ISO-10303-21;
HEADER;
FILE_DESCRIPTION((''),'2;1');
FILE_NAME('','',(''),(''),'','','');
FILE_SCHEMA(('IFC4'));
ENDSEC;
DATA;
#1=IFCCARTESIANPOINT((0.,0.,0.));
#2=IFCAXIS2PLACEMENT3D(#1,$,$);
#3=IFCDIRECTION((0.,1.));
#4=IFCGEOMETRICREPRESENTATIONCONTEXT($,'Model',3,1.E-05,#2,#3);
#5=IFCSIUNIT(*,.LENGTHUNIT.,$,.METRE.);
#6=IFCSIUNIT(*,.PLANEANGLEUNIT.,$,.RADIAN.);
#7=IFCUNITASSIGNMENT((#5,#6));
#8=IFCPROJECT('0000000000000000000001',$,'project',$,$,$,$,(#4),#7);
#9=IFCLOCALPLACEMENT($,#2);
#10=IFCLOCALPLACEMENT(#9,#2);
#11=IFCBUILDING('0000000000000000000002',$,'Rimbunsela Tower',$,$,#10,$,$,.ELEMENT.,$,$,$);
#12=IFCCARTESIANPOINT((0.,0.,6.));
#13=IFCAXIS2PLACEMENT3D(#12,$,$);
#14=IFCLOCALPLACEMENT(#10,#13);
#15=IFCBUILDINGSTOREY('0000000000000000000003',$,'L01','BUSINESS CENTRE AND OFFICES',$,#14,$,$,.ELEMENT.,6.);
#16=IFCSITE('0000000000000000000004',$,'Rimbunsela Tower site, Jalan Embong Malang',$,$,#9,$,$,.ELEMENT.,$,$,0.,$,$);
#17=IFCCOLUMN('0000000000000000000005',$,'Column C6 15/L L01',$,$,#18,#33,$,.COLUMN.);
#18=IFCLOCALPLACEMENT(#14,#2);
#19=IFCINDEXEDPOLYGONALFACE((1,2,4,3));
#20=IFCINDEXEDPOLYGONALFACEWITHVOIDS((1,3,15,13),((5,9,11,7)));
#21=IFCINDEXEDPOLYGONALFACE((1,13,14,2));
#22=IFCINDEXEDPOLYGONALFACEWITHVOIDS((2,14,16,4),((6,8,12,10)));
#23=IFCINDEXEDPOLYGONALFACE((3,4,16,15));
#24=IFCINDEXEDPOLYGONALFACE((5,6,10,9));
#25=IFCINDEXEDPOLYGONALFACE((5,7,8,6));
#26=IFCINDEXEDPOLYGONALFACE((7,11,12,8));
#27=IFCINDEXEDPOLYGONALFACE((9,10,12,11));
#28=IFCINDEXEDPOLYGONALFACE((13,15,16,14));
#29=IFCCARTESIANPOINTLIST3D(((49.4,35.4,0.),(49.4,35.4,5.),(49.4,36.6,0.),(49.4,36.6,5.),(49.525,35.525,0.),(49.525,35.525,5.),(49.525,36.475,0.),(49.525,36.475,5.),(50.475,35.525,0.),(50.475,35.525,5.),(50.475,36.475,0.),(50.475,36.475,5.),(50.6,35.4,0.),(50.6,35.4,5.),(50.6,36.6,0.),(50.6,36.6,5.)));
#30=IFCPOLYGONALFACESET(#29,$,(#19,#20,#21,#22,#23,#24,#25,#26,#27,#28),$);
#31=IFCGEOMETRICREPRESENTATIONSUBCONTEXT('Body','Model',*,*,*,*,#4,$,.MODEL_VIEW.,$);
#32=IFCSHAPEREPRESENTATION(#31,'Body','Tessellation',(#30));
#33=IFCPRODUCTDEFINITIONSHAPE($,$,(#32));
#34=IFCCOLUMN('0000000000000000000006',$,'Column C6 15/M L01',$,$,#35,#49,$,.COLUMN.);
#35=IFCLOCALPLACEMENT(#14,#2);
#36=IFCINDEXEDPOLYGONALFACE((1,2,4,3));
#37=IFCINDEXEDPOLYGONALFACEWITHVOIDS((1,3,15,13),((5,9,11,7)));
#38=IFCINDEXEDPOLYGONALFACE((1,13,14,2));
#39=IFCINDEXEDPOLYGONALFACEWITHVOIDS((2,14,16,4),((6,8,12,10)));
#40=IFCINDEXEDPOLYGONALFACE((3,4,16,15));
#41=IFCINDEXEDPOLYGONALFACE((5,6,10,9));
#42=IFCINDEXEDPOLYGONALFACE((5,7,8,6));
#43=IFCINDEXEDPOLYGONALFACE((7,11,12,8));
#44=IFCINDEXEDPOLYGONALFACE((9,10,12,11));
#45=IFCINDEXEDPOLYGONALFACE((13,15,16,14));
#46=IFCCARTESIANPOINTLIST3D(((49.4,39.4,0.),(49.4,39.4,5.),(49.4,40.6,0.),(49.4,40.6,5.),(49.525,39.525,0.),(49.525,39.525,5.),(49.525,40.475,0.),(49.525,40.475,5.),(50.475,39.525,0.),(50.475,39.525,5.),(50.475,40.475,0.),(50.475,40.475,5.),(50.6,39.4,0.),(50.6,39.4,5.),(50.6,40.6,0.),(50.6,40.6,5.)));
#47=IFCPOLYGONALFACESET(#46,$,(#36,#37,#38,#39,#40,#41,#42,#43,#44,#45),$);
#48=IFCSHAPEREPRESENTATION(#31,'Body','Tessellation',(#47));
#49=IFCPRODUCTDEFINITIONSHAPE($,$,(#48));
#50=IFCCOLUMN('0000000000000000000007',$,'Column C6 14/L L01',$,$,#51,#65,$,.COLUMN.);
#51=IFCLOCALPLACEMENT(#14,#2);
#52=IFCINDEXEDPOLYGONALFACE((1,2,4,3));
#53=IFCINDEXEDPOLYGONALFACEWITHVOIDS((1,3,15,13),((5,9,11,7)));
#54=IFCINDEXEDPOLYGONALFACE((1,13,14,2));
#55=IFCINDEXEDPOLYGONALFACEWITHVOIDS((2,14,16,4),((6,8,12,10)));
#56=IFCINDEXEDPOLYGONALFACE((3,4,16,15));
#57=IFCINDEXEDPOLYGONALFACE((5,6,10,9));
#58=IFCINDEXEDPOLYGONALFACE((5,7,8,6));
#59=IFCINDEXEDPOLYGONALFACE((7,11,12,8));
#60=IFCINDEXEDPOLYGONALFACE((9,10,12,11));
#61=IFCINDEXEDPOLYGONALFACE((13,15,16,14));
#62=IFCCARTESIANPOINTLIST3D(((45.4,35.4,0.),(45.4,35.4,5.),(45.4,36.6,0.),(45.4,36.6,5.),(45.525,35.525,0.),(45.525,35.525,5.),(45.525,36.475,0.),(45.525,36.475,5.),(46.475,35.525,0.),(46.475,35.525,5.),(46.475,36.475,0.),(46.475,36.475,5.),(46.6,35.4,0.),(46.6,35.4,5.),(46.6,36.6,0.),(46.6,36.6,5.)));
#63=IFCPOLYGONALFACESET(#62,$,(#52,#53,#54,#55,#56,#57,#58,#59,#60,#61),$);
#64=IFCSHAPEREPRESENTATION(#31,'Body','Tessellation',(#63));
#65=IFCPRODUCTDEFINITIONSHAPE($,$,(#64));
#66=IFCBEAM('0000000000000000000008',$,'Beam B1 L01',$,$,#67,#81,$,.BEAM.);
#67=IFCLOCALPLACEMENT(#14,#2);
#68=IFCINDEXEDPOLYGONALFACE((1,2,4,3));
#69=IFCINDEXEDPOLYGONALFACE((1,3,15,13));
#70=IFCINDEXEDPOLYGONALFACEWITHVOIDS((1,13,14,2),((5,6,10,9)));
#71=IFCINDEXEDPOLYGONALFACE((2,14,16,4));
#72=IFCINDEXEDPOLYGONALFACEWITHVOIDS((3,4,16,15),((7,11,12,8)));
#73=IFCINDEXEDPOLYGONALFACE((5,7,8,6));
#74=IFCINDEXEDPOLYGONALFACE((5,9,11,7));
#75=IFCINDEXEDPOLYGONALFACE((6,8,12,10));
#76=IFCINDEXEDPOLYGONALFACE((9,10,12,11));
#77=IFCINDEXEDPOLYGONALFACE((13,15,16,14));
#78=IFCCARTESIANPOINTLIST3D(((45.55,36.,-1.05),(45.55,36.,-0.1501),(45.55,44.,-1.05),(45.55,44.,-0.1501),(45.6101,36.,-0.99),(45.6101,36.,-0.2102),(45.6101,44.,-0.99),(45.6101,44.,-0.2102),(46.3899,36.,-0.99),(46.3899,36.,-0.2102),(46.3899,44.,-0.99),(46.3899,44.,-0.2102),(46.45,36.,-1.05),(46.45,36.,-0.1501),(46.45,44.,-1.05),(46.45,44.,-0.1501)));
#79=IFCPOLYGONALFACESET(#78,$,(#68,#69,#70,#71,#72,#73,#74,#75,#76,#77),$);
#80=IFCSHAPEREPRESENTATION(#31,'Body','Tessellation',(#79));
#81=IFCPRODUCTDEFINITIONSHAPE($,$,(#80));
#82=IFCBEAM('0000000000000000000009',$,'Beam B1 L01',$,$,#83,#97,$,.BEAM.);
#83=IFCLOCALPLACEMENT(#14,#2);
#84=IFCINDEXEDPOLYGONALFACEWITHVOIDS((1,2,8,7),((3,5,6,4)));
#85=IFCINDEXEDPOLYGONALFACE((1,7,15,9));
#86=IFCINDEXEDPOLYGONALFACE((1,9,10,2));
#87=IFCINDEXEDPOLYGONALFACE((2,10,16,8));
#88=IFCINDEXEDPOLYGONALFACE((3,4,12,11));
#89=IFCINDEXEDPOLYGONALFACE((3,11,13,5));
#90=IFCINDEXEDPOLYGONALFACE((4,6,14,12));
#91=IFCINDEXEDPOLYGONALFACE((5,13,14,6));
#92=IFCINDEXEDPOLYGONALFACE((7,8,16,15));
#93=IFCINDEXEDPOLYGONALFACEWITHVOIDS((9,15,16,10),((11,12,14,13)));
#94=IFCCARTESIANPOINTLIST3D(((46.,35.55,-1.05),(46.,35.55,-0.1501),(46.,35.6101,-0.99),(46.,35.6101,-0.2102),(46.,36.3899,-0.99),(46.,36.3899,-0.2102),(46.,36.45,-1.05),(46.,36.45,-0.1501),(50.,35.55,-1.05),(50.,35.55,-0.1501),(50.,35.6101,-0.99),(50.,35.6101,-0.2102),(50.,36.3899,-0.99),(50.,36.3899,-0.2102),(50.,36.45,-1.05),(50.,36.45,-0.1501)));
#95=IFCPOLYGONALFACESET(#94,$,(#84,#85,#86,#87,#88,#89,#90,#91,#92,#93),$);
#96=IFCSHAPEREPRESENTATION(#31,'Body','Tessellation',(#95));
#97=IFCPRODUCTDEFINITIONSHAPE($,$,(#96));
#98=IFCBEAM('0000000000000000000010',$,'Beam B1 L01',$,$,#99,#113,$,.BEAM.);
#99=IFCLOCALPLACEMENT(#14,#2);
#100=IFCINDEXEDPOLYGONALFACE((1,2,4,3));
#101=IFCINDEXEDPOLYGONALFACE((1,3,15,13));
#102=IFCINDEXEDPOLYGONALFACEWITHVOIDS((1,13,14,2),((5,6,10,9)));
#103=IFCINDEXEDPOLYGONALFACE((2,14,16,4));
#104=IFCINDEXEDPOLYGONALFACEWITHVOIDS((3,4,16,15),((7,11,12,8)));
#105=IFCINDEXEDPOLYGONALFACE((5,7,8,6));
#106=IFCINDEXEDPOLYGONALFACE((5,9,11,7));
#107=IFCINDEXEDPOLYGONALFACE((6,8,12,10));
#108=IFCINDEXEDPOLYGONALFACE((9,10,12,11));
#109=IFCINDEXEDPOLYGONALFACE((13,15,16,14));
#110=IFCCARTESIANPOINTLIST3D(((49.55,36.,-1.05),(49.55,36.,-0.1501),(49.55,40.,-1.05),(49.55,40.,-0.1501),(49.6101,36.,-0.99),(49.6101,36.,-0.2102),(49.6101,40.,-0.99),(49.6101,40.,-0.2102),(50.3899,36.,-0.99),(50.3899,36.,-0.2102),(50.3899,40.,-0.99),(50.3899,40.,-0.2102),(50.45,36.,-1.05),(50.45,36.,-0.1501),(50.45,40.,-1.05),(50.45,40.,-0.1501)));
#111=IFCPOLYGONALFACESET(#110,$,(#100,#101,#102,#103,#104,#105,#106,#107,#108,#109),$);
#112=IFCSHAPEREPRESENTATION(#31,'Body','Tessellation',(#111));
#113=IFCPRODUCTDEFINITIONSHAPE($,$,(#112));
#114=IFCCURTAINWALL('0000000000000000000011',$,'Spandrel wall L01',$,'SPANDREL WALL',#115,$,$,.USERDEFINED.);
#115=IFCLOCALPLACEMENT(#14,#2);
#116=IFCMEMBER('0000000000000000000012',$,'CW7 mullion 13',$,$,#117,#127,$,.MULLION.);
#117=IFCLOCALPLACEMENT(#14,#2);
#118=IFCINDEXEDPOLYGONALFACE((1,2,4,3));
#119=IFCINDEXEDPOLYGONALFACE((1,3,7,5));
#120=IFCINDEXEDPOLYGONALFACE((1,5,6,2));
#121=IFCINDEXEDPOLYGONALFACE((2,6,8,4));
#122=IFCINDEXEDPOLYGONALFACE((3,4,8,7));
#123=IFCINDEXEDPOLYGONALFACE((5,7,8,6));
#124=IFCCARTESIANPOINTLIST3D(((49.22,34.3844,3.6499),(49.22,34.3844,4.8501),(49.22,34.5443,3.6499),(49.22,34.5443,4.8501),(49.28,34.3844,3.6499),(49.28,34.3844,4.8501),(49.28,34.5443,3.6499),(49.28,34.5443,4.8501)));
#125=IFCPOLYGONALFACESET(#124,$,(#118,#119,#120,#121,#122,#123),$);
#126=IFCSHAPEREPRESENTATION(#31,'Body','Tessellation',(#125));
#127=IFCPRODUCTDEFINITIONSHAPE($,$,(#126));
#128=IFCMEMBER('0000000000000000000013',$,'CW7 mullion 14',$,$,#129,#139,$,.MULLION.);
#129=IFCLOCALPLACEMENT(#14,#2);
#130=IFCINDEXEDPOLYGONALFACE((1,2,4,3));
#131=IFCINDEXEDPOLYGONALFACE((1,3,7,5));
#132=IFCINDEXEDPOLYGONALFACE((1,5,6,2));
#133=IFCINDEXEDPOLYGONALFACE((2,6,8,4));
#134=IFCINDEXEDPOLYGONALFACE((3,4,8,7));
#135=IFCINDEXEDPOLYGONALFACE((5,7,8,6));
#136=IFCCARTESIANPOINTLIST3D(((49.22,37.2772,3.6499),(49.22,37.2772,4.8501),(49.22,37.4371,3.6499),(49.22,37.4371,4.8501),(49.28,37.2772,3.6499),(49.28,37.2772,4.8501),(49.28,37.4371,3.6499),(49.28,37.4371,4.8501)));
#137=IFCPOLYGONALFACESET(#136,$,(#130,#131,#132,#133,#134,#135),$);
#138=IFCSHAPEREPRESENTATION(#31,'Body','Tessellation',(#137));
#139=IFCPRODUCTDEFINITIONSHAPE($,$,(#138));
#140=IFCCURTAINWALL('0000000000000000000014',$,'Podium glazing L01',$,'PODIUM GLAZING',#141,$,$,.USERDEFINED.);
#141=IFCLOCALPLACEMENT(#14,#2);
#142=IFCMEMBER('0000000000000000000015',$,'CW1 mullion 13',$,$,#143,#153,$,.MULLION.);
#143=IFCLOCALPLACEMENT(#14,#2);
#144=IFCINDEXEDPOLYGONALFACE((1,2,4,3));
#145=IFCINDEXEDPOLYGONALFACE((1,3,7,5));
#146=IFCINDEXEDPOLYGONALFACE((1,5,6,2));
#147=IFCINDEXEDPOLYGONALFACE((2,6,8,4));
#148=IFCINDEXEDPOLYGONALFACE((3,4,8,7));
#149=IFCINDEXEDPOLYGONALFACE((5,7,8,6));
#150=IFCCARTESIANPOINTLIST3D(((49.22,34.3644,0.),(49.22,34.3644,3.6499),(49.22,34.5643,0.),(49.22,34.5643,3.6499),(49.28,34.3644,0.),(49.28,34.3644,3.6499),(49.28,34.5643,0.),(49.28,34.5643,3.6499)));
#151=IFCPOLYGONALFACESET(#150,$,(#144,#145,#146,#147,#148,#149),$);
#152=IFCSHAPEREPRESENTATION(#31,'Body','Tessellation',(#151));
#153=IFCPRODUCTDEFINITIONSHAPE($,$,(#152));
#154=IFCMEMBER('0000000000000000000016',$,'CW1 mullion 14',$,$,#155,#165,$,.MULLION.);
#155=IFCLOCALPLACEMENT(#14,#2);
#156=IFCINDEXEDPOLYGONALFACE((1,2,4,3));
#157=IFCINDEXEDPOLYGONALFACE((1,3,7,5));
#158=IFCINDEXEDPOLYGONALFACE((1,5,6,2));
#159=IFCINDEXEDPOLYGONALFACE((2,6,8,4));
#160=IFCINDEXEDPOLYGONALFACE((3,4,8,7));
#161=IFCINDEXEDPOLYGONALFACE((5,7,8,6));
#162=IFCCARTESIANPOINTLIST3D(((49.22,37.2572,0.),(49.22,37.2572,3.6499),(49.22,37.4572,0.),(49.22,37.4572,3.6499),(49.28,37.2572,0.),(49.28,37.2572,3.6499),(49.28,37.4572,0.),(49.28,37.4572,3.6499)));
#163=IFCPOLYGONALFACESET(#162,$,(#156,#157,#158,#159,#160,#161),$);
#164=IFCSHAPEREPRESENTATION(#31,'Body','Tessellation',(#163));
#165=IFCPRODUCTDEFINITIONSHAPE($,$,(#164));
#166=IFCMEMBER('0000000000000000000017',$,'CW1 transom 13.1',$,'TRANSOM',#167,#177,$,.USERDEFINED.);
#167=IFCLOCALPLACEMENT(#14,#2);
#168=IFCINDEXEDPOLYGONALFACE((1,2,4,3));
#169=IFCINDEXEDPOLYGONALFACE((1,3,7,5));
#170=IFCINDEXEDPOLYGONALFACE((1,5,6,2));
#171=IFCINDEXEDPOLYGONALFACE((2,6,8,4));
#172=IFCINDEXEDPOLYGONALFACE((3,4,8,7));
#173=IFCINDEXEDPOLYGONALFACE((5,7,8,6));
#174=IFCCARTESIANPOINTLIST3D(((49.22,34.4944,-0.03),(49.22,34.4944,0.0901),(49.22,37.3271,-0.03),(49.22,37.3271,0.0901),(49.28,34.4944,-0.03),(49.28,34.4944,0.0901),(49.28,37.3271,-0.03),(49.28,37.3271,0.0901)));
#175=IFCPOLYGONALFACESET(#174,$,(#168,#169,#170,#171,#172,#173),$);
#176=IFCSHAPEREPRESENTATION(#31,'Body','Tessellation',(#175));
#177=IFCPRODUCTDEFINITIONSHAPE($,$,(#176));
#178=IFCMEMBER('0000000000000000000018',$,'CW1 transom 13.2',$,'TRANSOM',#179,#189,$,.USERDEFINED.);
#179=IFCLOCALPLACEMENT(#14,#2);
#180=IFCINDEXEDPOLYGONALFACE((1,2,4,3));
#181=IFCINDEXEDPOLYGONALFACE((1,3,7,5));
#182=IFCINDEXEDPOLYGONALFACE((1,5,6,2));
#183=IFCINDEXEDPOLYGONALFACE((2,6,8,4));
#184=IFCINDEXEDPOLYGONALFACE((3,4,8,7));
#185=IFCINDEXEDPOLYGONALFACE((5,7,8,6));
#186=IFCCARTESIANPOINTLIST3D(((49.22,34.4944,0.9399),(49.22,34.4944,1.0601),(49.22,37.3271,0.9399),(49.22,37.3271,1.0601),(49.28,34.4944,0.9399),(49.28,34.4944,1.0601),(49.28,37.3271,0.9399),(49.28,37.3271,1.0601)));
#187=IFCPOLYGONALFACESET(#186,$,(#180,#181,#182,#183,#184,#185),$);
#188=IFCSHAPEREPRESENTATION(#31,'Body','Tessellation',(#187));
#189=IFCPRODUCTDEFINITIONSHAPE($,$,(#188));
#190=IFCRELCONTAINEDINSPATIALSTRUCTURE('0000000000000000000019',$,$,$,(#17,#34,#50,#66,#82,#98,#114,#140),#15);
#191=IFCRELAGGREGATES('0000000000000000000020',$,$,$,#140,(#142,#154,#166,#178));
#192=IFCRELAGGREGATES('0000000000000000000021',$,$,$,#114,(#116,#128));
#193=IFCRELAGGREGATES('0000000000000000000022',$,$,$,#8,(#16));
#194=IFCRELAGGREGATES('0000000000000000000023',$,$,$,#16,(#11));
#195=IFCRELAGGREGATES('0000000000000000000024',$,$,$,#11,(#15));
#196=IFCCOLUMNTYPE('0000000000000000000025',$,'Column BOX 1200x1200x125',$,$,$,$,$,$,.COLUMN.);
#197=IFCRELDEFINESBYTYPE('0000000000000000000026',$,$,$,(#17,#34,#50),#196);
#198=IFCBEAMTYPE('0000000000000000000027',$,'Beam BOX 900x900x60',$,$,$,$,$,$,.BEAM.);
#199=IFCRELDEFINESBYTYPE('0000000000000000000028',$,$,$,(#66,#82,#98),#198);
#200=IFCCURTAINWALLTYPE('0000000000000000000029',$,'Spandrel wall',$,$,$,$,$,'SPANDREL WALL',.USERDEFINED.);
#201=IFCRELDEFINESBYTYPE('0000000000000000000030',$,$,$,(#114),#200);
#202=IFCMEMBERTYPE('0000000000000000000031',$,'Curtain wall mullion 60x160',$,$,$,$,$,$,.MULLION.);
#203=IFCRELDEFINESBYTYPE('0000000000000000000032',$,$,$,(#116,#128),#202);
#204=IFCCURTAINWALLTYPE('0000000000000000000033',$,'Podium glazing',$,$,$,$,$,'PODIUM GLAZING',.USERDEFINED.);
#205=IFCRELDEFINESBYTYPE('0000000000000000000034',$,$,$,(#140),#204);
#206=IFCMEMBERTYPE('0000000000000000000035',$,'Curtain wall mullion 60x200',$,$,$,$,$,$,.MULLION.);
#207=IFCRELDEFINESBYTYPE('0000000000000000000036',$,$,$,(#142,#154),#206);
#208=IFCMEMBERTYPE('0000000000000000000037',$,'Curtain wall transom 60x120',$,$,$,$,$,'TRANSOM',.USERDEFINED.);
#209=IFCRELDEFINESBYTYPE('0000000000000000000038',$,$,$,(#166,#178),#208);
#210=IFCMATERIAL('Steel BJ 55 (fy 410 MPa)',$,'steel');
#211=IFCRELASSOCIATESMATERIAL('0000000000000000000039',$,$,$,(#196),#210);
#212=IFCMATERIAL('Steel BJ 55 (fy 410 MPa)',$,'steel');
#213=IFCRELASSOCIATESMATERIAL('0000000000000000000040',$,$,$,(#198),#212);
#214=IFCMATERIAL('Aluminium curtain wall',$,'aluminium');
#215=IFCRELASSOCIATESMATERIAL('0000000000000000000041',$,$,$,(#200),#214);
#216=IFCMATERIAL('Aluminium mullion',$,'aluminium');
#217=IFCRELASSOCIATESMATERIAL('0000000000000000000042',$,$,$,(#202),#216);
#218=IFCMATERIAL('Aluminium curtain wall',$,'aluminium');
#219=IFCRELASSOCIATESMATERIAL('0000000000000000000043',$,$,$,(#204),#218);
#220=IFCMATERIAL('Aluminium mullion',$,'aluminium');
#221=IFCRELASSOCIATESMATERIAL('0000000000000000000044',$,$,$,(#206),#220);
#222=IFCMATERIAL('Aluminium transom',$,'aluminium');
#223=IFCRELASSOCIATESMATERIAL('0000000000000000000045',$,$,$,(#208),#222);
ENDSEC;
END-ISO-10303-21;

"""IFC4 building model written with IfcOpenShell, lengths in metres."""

from ifc_helpers import new_model, si_unit, direction, frame, origin, origin_2d, place, context, subcontext, project, spatial, rectangle, hollow_rectangle, extrude, material, material_profile, profile_set, type_object, element, aggregate, save


model = new_model("IFC4")

# Units and contexts
model_context = context("Model", 3, precision=1e-05, world=origin(), true_north=direction((0.0, 1.0)))
body_context = subcontext(model_context, "Body", "Model", "MODEL_VIEW")
ifc_project = project(units=[si_unit("LENGTHUNIT", "METRE"), si_unit("PLANEANGLEUNIT", "RADIAN")], contexts=[model_context])

# Site, building, storey
site_placement = place(None, origin())
site = spatial("IfcSite", under=ifc_project, at=site_placement, Name="Rimbunsela Tower site, Jalan Embong Malang", CompositionType="ELEMENT", RefElevation=0.0)
building_placement = place(site_placement, origin())
building = spatial("IfcBuilding", under=site, at=building_placement, Name="Rimbunsela Tower", CompositionType="ELEMENT")
storey_placement = place(building_placement, frame((0.0, 0.0, 6.0)))
storey = spatial("IfcBuildingStorey", under=building, at=storey_placement, Name="L01", Description="BUSINESS CENTRE AND OFFICES", CompositionType="ELEMENT", Elevation=6.0)

# Columns
ifc_material_1 = material(Name="Steel BJ 55 (fy 410 MPa)", Category="steel")
ifc_material_profile_1 = material_profile(ifc_material_1, hollow_rectangle(XDim=1.2, YDim=1.2, WallThickness=0.125, at=origin_2d()), Name="BOX 1200x1200x125")
ifc_profile_set_1 = profile_set([ifc_material_profile_1], Name="Steel BJ 55 (fy 410 MPa)")
column_type = type_object("IfcColumnType", Name="Column BOX 1200x1200x125", PredefinedType="COLUMN", material=ifc_profile_set_1)
for number, where, z_axis, x_axis, name in (
    (1, (50.0, 36.0, 0.0), (0.0, 0.0, 1.0), (1.0, 0.0, 0.0), "Column C6 15/L L01"),
    (2, (50.0, 40.0, 0.0), (0.0, 0.0, 1.0), (1.0, 0.0, 0.0), "Column C6 15/M L01"),
    (3, (46.0, 36.0, 0.0), (0.0, 0.0, 1.0), (1.0, 0.0, 0.0), "Column C6 14/L L01"),
):
    element("IfcColumn", number, at=place(storey_placement, frame(where, z_axis=z_axis, x_axis=x_axis)), inside=storey, type_object=column_type, Name=name, PredefinedType="COLUMN", context=body_context, shape_type="SweptSolid", body=[
        extrude(hollow_rectangle(XDim=1.2, YDim=1.2, WallThickness=0.125, at=origin_2d()), origin(), (0.0, 0.0, 1.0), 5.0),
    ])

# Beams
ifc_material_2 = material(Name="Steel BJ 55 (fy 410 MPa)", Category="steel")
ifc_material_profile_2 = material_profile(ifc_material_2, hollow_rectangle(XDim=0.8999, YDim=0.8999, WallThickness=0.0601, at=origin_2d()), Name="BOX 900x900x60")
ifc_profile_set_2 = profile_set([ifc_material_profile_2], Name="Steel BJ 55 (fy 410 MPa)")
beam_type = type_object("IfcBeamType", Name="Beam BOX 900x900x60", PredefinedType="BEAM", material=ifc_profile_set_2)
beam_placement = place(storey_placement, frame((46.0, 36.0, -0.6001), z_axis=(0.0, 1.0, 0.0), x_axis=(-1.0, 0.0, 0.0)))
element("IfcBeam", 4, at=beam_placement, inside=storey, type_object=beam_type, Name="Beam B1 L01", PredefinedType="BEAM", context=body_context, shape_type="SweptSolid", body=[
    extrude(hollow_rectangle(XDim=0.8999, YDim=0.8999, WallThickness=0.0601, at=origin_2d()), origin(), (0.0, 0.0, 1.0), 8.0),
])
for number, where, z_axis, x_axis, name in (
    (5, (46.0, 36.0, -0.6001), (1.0, 0.0, 0.0), (0.0, 1.0, 0.0), "Beam B1 L01"),
    (6, (50.0, 36.0, -0.6001), (0.0, 1.0, 0.0), (-1.0, 0.0, 0.0), "Beam B1 L01"),
):
    element("IfcBeam", number, at=place(storey_placement, frame(where, z_axis=z_axis, x_axis=x_axis)), inside=storey, type_object=beam_type, Name=name, PredefinedType="BEAM", context=body_context, shape_type="SweptSolid", body=[
        extrude(hollow_rectangle(XDim=0.8999, YDim=0.8999, WallThickness=0.0601, at=origin_2d()), origin(), (0.0, 0.0, 1.0), 4.0),
    ])

# Curtain walls, members
ifc_material_3 = material(Name="Aluminium curtain wall", Category="aluminium")
curtain_wall_type_1 = type_object("IfcCurtainWallType", Name="Spandrel wall", ElementType="SPANDREL WALL", PredefinedType="USERDEFINED", material=ifc_material_3)
curtain_wall_1_placement = place(storey_placement, origin())
curtain_wall_1 = element("IfcCurtainWall", 7, at=curtain_wall_1_placement, inside=storey, type_object=curtain_wall_type_1, Name="Spandrel wall L01", ObjectType="SPANDREL WALL", PredefinedType="USERDEFINED")
ifc_material_4 = material(Name="Aluminium mullion", Category="aluminium")
ifc_material_profile_3 = material_profile(ifc_material_4, rectangle(XDim=0.0601, YDim=0.1599, at=origin_2d()), Name="Mullion 60x160")
ifc_profile_set_3 = profile_set([ifc_material_profile_3], Name="Aluminium mullion")
member_type_1 = type_object("IfcMemberType", Name="Curtain wall mullion 60x160", PredefinedType="MULLION", material=ifc_profile_set_3)
member_1_placement = place(storey_placement, frame((49.25, 34.4644, 3.6499), z_axis=(0.0, 0.0, 1.0), x_axis=(-1.0, 0.0, 0.0)))
member_1 = element("IfcMember", 8, at=member_1_placement, type_object=member_type_1, Name="CW7 mullion 13", PredefinedType="MULLION", context=body_context, shape_type="SweptSolid", body=[
    extrude(rectangle(XDim=0.0601, YDim=0.1599, at=origin_2d()), origin(), (0.0, 0.0, 1.0), 1.2002),
])
member_2_placement = place(storey_placement, frame((49.25, 37.3572, 3.6499), z_axis=(0.0, 0.0, 1.0), x_axis=(-1.0, 0.0, 0.0)))
member_2 = element("IfcMember", 9, at=member_2_placement, type_object=member_type_1, Name="CW7 mullion 14", PredefinedType="MULLION", context=body_context, shape_type="SweptSolid", body=[
    extrude(rectangle(XDim=0.0601, YDim=0.1599, at=origin_2d()), origin(), (0.0, 0.0, 1.0), 1.2002),
])
ifc_material_5 = material(Name="Aluminium curtain wall", Category="aluminium")
curtain_wall_type_2 = type_object("IfcCurtainWallType", Name="Podium glazing", ElementType="PODIUM GLAZING", PredefinedType="USERDEFINED", material=ifc_material_5)
curtain_wall_2_placement = place(storey_placement, origin())
curtain_wall_2 = element("IfcCurtainWall", 10, at=curtain_wall_2_placement, inside=storey, type_object=curtain_wall_type_2, Name="Podium glazing L01", ObjectType="PODIUM GLAZING", PredefinedType="USERDEFINED")
ifc_material_6 = material(Name="Aluminium mullion", Category="aluminium")
ifc_material_profile_4 = material_profile(ifc_material_6, rectangle(XDim=0.0601, YDim=0.2, at=origin_2d()), Name="Mullion 60x200")
ifc_profile_set_4 = profile_set([ifc_material_profile_4], Name="Aluminium mullion")
member_type_2 = type_object("IfcMemberType", Name="Curtain wall mullion 60x200", PredefinedType="MULLION", material=ifc_profile_set_4)
member_3_placement = place(storey_placement, frame((49.25, 34.4644, 0.0), z_axis=(0.0, 0.0, 1.0), x_axis=(-1.0, 0.0, 0.0)))
member_3 = element("IfcMember", 11, at=member_3_placement, type_object=member_type_2, Name="CW1 mullion 13", PredefinedType="MULLION", context=body_context, shape_type="SweptSolid", body=[
    extrude(rectangle(XDim=0.0601, YDim=0.2, at=origin_2d()), origin(), (0.0, 0.0, 1.0), 3.6499),
])
member_4_placement = place(storey_placement, frame((49.25, 37.3572, 0.0), z_axis=(0.0, 0.0, 1.0), x_axis=(-1.0, 0.0, 0.0)))
member_4 = element("IfcMember", 12, at=member_4_placement, type_object=member_type_2, Name="CW1 mullion 14", PredefinedType="MULLION", context=body_context, shape_type="SweptSolid", body=[
    extrude(rectangle(XDim=0.0601, YDim=0.2, at=origin_2d()), origin(), (0.0, 0.0, 1.0), 3.6499),
])
ifc_material_7 = material(Name="Aluminium transom", Category="aluminium")
ifc_material_profile_5 = material_profile(ifc_material_7, rectangle(XDim=0.0601, YDim=0.1201, at=origin_2d()), Name="Transom 60x120")
ifc_profile_set_5 = profile_set([ifc_material_profile_5], Name="Aluminium transom")
member_type_3 = type_object("IfcMemberType", Name="Curtain wall transom 60x120", ElementType="TRANSOM", PredefinedType="USERDEFINED", material=ifc_profile_set_5)
member_5_placement = place(storey_placement, frame((49.25, 34.4944, 0.03), z_axis=(0.0, 1.0, 0.0), x_axis=(-1.0, 0.0, 0.0)))
member_5 = element("IfcMember", 13, at=member_5_placement, type_object=member_type_3, Name="CW1 transom 13.1", ObjectType="TRANSOM", PredefinedType="USERDEFINED", context=body_context, shape_type="SweptSolid", body=[
    extrude(rectangle(XDim=0.0601, YDim=0.1201, at=origin_2d()), origin(), (0.0, 0.0, 1.0), 2.8328),
])
member_6_placement = place(storey_placement, frame((49.25, 34.4944, 1.0), z_axis=(0.0, 1.0, 0.0), x_axis=(-1.0, 0.0, 0.0)))
member_6 = element("IfcMember", 14, at=member_6_placement, type_object=member_type_3, Name="CW1 transom 13.2", ObjectType="TRANSOM", PredefinedType="USERDEFINED", context=body_context, shape_type="SweptSolid", body=[
    extrude(rectangle(XDim=0.0601, YDim=0.1201, at=origin_2d()), origin(), (0.0, 0.0, 1.0), 2.8328),
])

aggregate(curtain_wall_2, [member_3, member_4, member_5, member_6])
aggregate(curtain_wall_1, [member_1, member_2])

save(model, "model.ifc")
